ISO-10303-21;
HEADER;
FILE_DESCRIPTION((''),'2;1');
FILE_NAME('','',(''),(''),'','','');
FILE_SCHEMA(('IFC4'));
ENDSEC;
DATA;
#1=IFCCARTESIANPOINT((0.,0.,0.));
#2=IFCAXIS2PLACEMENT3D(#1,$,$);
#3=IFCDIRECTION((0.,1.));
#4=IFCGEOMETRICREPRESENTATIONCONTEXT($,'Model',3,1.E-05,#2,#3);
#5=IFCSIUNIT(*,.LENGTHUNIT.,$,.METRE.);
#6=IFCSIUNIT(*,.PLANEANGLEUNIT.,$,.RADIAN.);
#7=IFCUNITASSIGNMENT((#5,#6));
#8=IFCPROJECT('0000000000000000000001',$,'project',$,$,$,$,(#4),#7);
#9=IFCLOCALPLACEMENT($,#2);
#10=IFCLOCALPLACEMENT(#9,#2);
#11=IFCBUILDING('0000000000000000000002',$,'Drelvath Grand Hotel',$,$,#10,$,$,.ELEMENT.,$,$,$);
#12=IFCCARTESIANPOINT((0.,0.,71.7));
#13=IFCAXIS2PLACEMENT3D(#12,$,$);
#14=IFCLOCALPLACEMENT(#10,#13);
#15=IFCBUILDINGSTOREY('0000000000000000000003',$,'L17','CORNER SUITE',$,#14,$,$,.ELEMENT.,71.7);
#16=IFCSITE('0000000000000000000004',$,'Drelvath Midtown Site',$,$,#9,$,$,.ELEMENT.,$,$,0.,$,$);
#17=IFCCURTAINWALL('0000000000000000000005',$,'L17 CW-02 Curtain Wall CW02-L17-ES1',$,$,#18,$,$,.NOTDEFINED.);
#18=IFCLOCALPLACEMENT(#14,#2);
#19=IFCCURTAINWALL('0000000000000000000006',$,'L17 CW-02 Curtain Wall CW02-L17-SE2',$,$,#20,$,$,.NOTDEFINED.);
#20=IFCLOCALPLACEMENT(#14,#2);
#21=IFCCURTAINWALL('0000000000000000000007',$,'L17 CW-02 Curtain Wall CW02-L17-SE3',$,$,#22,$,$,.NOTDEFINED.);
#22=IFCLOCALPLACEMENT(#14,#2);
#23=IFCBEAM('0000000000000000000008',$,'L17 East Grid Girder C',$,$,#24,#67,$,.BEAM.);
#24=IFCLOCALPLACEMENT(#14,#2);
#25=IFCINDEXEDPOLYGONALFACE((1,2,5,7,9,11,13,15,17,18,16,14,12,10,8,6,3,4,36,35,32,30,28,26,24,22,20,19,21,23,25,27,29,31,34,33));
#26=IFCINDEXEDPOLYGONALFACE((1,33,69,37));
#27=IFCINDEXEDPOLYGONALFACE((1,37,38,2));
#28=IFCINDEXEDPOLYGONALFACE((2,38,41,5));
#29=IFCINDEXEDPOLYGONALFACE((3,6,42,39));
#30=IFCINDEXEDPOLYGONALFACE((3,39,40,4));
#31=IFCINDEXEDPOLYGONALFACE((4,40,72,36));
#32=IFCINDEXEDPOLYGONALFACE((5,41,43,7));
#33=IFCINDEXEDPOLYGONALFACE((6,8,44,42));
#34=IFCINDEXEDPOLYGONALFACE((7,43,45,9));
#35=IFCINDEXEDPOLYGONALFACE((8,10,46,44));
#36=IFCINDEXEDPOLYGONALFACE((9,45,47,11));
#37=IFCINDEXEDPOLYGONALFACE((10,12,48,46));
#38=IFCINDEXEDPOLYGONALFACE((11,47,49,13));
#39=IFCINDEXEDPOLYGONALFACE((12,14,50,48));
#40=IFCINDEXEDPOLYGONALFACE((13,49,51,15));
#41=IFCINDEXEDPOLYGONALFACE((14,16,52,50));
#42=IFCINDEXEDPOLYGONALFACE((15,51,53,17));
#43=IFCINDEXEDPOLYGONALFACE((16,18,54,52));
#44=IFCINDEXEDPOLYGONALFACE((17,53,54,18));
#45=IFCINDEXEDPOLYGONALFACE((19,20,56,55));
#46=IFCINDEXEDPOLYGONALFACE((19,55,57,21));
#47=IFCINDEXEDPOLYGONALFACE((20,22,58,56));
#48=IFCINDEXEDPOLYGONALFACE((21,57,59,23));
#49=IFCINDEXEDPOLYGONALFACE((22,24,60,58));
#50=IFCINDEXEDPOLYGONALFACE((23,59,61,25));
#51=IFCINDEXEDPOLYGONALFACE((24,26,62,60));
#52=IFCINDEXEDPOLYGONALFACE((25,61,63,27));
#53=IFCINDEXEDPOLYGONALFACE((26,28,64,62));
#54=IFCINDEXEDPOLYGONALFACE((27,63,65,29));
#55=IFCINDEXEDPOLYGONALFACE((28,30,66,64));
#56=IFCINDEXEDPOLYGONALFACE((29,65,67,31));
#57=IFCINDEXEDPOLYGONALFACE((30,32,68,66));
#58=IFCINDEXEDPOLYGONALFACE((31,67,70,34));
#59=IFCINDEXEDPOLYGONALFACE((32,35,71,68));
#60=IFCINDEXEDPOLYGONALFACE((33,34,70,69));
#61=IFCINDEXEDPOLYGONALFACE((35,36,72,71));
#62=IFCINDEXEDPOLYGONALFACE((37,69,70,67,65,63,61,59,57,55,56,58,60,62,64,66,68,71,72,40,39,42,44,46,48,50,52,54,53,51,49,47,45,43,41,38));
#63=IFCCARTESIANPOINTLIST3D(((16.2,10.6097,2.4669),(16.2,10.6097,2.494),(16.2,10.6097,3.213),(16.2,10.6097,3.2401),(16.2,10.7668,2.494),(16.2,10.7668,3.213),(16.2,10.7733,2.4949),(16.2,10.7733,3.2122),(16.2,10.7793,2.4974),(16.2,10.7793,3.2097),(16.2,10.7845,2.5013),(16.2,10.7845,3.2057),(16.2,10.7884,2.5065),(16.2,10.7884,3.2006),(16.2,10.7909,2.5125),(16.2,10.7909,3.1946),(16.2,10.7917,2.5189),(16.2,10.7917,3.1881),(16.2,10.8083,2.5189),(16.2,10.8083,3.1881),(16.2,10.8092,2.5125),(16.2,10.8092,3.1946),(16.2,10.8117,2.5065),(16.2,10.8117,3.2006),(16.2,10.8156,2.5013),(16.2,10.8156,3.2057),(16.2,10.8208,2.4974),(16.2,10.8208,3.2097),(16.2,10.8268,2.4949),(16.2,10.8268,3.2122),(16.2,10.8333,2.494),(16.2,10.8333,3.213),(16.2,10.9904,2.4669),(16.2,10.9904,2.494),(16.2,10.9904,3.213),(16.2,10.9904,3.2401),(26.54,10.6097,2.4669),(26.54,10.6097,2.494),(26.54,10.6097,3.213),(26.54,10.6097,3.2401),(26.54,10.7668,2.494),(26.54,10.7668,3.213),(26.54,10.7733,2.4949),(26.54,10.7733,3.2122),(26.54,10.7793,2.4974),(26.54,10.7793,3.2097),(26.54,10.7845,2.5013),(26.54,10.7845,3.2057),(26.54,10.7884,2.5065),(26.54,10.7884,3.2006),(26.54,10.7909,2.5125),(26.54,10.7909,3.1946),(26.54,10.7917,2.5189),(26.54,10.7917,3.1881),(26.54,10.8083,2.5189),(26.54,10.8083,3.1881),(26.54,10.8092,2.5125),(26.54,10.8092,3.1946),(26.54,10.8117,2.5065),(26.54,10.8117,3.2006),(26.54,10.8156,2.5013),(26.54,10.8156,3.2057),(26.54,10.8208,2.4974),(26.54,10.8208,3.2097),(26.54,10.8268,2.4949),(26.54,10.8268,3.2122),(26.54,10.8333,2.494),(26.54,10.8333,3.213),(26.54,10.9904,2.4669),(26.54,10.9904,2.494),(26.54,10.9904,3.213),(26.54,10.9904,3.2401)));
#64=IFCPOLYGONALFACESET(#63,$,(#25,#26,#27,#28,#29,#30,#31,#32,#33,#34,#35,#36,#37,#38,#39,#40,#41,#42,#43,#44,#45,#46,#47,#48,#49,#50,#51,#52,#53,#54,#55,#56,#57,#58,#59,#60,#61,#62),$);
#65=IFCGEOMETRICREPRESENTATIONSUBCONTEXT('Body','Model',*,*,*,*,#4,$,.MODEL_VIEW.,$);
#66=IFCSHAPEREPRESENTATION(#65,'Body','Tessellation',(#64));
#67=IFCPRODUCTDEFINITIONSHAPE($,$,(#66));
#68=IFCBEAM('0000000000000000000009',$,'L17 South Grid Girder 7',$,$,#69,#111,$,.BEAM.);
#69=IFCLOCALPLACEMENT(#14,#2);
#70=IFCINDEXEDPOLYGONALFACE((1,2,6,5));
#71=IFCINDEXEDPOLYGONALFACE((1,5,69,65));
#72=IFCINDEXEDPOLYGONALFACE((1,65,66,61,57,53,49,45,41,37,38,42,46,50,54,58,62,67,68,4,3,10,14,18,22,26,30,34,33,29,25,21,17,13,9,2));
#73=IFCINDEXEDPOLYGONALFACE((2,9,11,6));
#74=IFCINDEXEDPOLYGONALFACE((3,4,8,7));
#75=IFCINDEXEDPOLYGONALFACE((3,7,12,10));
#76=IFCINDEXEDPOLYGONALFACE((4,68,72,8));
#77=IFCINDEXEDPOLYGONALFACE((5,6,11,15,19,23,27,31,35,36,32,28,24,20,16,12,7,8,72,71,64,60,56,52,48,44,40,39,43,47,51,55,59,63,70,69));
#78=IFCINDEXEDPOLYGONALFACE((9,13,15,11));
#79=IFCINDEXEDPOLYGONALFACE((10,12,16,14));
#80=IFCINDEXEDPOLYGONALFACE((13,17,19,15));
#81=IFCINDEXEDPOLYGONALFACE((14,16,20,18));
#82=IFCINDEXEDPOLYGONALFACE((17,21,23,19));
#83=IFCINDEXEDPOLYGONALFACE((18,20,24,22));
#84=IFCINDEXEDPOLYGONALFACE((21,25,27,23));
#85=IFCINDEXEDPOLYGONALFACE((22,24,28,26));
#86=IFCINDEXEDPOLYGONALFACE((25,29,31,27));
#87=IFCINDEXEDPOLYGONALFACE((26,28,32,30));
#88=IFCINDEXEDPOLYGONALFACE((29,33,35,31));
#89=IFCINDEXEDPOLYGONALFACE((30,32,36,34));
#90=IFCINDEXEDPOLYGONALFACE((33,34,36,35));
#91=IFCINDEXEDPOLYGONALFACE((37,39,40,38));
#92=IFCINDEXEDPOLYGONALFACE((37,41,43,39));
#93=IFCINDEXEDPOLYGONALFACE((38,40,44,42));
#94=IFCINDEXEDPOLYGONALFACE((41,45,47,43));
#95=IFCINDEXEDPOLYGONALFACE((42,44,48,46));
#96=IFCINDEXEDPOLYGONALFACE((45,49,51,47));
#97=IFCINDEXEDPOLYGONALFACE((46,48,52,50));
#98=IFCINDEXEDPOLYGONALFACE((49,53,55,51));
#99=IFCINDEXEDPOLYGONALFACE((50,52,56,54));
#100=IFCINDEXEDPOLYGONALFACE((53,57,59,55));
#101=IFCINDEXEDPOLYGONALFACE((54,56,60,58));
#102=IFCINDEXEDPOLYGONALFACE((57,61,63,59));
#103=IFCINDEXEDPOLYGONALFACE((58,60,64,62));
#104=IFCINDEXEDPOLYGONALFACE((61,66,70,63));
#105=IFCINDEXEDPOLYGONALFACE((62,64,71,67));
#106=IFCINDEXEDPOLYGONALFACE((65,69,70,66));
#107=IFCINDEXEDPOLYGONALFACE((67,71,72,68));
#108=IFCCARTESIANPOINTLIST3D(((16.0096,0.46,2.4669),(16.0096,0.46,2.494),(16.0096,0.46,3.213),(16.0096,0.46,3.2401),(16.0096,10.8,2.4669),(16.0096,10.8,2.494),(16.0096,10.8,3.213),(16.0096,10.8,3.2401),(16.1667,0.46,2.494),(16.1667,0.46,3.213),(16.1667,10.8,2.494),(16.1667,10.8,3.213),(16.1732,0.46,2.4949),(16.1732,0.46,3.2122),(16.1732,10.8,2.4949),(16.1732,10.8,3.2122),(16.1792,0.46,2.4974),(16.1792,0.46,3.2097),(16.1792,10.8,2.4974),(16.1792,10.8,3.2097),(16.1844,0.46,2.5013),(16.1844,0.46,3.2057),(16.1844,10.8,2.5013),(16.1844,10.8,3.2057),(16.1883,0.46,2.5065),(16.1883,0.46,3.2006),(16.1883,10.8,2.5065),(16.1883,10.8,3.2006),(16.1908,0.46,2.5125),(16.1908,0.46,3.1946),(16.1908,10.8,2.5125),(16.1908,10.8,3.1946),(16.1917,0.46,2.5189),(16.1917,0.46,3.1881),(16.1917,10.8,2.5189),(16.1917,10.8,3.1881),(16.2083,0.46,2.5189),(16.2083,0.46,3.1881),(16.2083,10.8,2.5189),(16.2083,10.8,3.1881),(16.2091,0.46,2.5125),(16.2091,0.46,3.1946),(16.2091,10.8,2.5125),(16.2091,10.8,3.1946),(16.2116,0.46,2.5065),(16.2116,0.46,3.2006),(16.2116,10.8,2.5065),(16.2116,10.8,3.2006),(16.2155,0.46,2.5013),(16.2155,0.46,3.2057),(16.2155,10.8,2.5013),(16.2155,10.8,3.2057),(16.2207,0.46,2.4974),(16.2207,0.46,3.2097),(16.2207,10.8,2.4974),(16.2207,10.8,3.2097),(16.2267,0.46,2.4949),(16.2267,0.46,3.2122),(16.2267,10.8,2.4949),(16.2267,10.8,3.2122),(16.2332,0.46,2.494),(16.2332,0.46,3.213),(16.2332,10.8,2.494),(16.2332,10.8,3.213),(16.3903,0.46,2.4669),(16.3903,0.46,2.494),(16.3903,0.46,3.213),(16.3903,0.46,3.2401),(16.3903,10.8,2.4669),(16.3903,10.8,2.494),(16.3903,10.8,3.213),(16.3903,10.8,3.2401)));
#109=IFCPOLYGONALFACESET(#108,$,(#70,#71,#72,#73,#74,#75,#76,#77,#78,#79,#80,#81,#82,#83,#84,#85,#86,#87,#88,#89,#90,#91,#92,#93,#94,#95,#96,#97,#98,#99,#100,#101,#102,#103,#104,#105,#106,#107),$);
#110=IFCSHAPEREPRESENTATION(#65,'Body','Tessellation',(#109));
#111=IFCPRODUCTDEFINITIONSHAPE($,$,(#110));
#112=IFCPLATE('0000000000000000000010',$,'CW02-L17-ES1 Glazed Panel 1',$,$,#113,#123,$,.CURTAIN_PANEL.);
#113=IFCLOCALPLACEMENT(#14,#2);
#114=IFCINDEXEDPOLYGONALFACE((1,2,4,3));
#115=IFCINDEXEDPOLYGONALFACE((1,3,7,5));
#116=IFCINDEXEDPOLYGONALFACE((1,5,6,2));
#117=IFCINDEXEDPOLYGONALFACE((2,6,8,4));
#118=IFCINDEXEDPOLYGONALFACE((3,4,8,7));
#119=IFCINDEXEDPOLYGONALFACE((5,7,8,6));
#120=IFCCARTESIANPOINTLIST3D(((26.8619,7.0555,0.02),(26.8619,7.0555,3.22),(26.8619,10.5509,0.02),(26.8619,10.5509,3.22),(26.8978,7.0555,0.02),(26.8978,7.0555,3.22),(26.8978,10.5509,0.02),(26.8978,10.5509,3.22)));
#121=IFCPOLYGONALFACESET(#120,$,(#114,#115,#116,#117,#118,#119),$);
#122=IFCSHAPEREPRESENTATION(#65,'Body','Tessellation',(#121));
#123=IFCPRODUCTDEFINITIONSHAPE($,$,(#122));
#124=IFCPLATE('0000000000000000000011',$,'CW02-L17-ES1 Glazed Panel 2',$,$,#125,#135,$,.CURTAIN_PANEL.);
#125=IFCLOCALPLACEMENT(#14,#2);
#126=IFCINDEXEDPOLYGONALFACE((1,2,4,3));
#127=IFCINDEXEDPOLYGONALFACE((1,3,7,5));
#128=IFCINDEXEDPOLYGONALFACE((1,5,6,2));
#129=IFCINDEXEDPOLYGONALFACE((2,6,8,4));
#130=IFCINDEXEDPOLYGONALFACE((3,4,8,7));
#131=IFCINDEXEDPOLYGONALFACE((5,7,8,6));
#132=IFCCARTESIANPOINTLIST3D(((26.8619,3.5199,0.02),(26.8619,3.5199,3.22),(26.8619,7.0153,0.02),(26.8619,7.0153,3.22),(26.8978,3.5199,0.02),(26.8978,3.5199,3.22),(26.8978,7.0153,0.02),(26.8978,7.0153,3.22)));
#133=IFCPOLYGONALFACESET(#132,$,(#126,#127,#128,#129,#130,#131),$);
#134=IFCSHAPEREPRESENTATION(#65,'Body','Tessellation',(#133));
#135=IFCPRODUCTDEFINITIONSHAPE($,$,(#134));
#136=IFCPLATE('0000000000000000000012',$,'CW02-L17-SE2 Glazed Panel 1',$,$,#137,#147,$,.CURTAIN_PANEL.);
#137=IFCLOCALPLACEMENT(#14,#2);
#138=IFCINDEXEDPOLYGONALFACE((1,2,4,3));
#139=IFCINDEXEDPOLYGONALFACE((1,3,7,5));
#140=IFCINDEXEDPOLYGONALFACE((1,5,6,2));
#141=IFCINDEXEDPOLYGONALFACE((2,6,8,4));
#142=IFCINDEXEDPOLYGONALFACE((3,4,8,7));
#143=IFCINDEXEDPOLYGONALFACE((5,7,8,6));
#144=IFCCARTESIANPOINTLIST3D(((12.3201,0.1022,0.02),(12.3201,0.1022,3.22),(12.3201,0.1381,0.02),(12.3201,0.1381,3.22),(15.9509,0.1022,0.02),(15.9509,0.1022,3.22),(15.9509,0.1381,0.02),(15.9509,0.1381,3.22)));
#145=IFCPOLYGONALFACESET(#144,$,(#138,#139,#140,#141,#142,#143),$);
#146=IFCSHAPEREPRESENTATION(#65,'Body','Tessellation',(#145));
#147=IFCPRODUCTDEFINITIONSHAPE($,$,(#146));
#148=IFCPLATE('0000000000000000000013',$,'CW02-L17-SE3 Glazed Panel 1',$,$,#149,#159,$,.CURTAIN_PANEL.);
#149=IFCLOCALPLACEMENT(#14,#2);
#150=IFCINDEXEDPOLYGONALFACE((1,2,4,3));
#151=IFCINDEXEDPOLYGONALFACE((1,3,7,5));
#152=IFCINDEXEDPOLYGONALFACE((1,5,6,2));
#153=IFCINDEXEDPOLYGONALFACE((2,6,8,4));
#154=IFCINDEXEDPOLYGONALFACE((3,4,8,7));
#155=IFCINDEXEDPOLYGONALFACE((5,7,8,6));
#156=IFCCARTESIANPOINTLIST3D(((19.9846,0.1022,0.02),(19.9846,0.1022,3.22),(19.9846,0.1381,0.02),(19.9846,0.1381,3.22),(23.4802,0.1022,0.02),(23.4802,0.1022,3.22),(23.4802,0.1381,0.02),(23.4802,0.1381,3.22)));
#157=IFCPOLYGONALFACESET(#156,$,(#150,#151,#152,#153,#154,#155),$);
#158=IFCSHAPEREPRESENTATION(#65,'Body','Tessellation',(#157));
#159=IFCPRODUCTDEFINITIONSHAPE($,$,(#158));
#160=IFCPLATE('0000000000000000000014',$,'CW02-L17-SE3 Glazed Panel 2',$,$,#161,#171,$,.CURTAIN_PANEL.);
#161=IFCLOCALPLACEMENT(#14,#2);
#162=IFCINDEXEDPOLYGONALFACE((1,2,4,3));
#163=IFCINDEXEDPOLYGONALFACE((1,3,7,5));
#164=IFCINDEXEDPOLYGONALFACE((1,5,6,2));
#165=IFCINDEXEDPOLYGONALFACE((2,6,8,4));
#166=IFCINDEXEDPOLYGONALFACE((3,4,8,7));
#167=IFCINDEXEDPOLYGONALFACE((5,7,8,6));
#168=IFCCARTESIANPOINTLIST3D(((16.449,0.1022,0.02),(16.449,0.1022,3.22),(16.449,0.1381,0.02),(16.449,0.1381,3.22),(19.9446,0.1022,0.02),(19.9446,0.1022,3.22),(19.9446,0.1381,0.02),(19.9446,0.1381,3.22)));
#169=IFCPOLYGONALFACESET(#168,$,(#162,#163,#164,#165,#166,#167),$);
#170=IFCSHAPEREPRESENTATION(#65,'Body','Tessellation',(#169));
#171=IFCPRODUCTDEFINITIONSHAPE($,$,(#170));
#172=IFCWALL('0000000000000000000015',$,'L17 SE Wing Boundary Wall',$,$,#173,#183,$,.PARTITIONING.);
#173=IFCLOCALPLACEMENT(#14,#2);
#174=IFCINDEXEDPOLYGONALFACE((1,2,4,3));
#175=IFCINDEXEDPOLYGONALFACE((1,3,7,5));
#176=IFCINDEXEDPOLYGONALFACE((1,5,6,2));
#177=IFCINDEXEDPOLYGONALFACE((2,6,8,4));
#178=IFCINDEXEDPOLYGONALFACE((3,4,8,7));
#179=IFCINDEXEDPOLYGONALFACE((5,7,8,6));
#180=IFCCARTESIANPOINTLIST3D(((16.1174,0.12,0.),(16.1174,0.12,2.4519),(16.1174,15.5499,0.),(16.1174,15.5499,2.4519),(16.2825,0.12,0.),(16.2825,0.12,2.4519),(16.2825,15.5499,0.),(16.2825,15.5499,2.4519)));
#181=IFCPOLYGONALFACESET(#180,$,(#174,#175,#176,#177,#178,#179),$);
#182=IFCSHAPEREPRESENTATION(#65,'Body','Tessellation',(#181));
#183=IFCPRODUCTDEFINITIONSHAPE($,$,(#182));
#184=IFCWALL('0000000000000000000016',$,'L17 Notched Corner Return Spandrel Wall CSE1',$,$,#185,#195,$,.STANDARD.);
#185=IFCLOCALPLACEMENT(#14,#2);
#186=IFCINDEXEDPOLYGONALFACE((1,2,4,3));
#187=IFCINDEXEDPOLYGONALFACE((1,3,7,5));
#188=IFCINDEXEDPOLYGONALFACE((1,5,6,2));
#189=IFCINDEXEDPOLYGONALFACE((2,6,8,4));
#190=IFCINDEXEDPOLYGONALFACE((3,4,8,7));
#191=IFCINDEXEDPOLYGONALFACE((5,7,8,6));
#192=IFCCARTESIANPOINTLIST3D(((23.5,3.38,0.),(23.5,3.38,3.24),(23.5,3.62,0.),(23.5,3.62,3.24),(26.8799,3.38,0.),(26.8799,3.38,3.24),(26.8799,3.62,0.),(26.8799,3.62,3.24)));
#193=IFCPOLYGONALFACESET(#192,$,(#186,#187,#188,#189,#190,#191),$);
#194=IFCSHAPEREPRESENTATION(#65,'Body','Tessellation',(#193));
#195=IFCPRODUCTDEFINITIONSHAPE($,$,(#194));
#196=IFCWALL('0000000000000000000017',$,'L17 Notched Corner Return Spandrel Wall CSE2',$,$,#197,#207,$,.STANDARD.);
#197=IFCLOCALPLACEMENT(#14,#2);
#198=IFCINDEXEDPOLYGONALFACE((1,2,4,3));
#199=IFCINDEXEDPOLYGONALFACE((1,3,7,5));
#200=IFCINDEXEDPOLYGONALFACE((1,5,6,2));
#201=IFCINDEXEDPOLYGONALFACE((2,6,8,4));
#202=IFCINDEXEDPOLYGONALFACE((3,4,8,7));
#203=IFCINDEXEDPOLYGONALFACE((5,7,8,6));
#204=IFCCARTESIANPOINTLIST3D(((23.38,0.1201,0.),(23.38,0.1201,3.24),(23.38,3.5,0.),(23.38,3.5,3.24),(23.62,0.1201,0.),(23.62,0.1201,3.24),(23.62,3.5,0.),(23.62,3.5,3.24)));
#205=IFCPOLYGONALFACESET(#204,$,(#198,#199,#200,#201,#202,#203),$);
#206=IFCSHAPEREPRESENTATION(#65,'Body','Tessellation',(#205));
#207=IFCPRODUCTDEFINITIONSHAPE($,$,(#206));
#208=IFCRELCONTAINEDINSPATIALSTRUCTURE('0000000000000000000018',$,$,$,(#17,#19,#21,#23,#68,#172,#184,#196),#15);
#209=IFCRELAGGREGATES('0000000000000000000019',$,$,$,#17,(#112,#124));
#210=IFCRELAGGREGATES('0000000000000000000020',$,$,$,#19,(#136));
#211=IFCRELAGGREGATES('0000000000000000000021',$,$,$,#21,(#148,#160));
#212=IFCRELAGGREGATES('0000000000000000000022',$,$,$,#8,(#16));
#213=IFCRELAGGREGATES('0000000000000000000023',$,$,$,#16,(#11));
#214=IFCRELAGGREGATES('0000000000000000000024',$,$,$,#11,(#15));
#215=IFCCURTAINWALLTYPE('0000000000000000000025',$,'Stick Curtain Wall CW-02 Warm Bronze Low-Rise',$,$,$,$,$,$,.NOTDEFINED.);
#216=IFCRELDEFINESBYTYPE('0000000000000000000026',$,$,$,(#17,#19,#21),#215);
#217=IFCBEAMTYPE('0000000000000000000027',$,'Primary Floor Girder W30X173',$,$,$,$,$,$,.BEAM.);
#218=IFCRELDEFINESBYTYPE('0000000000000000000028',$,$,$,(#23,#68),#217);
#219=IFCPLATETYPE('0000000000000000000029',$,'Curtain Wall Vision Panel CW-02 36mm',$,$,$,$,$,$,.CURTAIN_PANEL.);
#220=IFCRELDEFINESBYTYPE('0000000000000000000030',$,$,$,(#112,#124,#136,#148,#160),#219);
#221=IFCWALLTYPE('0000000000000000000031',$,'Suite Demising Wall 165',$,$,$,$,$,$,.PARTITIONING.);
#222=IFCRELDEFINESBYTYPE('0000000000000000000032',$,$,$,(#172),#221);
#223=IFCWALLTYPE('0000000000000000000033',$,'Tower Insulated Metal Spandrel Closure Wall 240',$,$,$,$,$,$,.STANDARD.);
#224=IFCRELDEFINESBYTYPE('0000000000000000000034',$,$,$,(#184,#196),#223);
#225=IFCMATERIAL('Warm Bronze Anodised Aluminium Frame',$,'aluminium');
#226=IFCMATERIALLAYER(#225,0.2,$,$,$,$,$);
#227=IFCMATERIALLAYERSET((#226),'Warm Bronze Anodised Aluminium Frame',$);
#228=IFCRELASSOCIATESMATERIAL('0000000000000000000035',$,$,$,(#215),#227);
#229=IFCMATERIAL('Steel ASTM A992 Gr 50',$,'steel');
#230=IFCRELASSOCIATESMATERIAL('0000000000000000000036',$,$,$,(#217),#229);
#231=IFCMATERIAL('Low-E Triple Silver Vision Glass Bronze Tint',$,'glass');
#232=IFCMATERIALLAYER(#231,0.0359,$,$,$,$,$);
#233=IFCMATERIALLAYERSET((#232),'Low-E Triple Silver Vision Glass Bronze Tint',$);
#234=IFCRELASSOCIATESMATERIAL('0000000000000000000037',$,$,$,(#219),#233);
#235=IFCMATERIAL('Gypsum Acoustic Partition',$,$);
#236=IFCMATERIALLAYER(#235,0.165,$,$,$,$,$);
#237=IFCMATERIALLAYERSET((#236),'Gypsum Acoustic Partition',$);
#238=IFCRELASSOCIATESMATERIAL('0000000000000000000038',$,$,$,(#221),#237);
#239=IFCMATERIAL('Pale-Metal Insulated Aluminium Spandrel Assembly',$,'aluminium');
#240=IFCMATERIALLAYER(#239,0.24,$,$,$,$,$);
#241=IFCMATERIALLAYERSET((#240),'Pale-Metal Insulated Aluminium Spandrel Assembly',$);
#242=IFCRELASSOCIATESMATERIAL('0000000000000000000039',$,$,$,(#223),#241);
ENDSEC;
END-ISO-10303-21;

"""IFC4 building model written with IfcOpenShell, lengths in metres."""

from ifc_helpers import new_model, si_unit, direction, frame, frame_2d, origin, origin_2d, place, context, subcontext, project, spatial, rectangle, i_section, extrude, material, layer, layer_set, material_profile, profile_set, type_object, element, aggregate, save


model = new_model("IFC4")

# Units and contexts
model_context = context("Model", 3, precision=1e-05, world=origin(), true_north=direction((0.0, 1.0)))
body_context = subcontext(model_context, "Body", "Model", "MODEL_VIEW")
ifc_project = project(units=[si_unit("LENGTHUNIT", "METRE"), si_unit("PLANEANGLEUNIT", "RADIAN")], contexts=[model_context])

# Site, building, storey
site_placement = place(None, origin())
site = spatial("IfcSite", under=ifc_project, at=site_placement, Name="Drelvath Midtown Site", CompositionType="ELEMENT", RefElevation=0.0)
building_placement = place(site_placement, origin())
building = spatial("IfcBuilding", under=site, at=building_placement, Name="Drelvath Grand Hotel", CompositionType="ELEMENT")
storey_placement = place(building_placement, frame((0.0, 0.0, 71.7)))
storey = spatial("IfcBuildingStorey", under=building, at=storey_placement, Name="L17", Description="CORNER SUITE", CompositionType="ELEMENT", Elevation=71.7)

# Shared definitions
ifc_material_1 = material(Name="Steel ASTM A992 Gr 50", Category="steel")

# Curtain walls
ifc_material_2 = material(Name="Warm Bronze Anodised Aluminium Frame", Category="aluminium")
ifc_layer_1 = layer(ifc_material_2, 0.2)
ifc_layer_set_1 = layer_set([ifc_layer_1], Name="Warm Bronze Anodised Aluminium Frame")
curtain_wall_type = type_object("IfcCurtainWallType", Name="Stick Curtain Wall CW-02 Warm Bronze Low-Rise", PredefinedType="NOTDEFINED", material=ifc_layer_set_1)
curtain_wall_1_placement = place(storey_placement, origin())
curtain_wall_1 = element("IfcCurtainWall", 1, at=curtain_wall_1_placement, inside=storey, type_object=curtain_wall_type, Name="L17 CW-02 Curtain Wall CW02-L17-ES1", PredefinedType="NOTDEFINED")
curtain_wall_2_placement = place(storey_placement, origin())
curtain_wall_2 = element("IfcCurtainWall", 2, at=curtain_wall_2_placement, inside=storey, type_object=curtain_wall_type, Name="L17 CW-02 Curtain Wall CW02-L17-SE2", PredefinedType="NOTDEFINED")
curtain_wall_3_placement = place(storey_placement, origin())
curtain_wall_3 = element("IfcCurtainWall", 3, at=curtain_wall_3_placement, inside=storey, type_object=curtain_wall_type, Name="L17 CW-02 Curtain Wall CW02-L17-SE3", PredefinedType="NOTDEFINED")

# Beams
ifc_material_profile_1 = material_profile(ifc_material_1, i_section(OverallWidth=0.3806, OverallDepth=0.7732, WebThickness=0.0166, FlangeThickness=0.0271, FilletRadius=0.0249, at=origin_2d()), Name="W30X173")
ifc_profile_set_1 = profile_set([ifc_material_profile_1], Name="Steel ASTM A992 Gr 50")
beam_type_1 = type_object("IfcBeamType", Name="Primary Floor Girder W30X173", PredefinedType="BEAM", material=ifc_profile_set_1)
for number, where, z_axis, x_axis, name in (
    (4, (16.2, 10.8, 2.8535), (1.0, 0.0, 0.0), (0.0, 1.0, 0.0), "L17 East Grid Girder C"),
    (5, (16.2, 0.46, 2.8535), (0.0, 1.0, 0.0), (-1.0, 0.0, 0.0), "L17 South Grid Girder 7"),
):
    element("IfcBeam", number, at=place(storey_placement, frame(where, z_axis=z_axis, x_axis=x_axis)), inside=storey, type_object=beam_type_1, Name=name, PredefinedType="BEAM", context=body_context, shape_type="SweptSolid", body=[
        extrude(i_section(OverallWidth=0.3806, OverallDepth=0.7732, WebThickness=0.0166, FlangeThickness=0.0271, FilletRadius=0.0249, at=origin_2d()), origin(), (0.0, 0.0, 1.0), 10.3401),
    ])

# Plates
ifc_material_3 = material(Name="Low-E Triple Silver Vision Glass Bronze Tint", Category="glass")
ifc_layer_2 = layer(ifc_material_3, 0.0359)
ifc_layer_set_2 = layer_set([ifc_layer_2], Name="Low-E Triple Silver Vision Glass Bronze Tint")
plate_type = type_object("IfcPlateType", Name="Curtain Wall Vision Panel CW-02 36mm", PredefinedType="CURTAIN_PANEL", material=ifc_layer_set_2)
plate_1_placement = place(storey_placement, frame((26.8799, 8.8032, 0.02), z_axis=(0.0, 0.0, 1.0), x_axis=(0.0, -1.0, 0.0)))
plate_1 = element("IfcPlate", 6, at=plate_1_placement, type_object=plate_type, Name="CW02-L17-ES1 Glazed Panel 1", PredefinedType="CURTAIN_PANEL", context=body_context, shape_type="SweptSolid", body=[
    extrude(rectangle(XDim=3.4954, YDim=0.0359, at=origin_2d()), origin(), (0.0, 0.0, 1.0), 3.2),
])
plate_2_placement = place(storey_placement, frame((26.8799, 5.2676, 0.02), z_axis=(0.0, 0.0, 1.0), x_axis=(0.0, -1.0, 0.0)))
plate_2 = element("IfcPlate", 7, at=plate_2_placement, type_object=plate_type, Name="CW02-L17-ES1 Glazed Panel 2", PredefinedType="CURTAIN_PANEL", context=body_context, shape_type="SweptSolid", body=[
    extrude(rectangle(XDim=3.4954, YDim=0.0359, at=origin_2d()), origin(), (0.0, 0.0, 1.0), 3.2),
])
aggregate(curtain_wall_1, [plate_1, plate_2])
plate_3_placement = place(storey_placement, frame((14.1355, 0.1201, 0.02), z_axis=(0.0, 0.0, 1.0), x_axis=(-1.0, 0.0, 0.0)))
plate_3 = element("IfcPlate", 8, at=plate_3_placement, type_object=plate_type, Name="CW02-L17-SE2 Glazed Panel 1", PredefinedType="CURTAIN_PANEL", context=body_context, shape_type="SweptSolid", body=[
    extrude(rectangle(XDim=3.6309, YDim=0.0359, at=origin_2d()), origin(), (0.0, 0.0, 1.0), 3.2),
])
aggregate(curtain_wall_2, [plate_3])
plate_4_placement = place(storey_placement, frame((21.7324, 0.1201, 0.02), z_axis=(0.0, 0.0, 1.0), x_axis=(-1.0, 0.0, 0.0)))
plate_4 = element("IfcPlate", 9, at=plate_4_placement, type_object=plate_type, Name="CW02-L17-SE3 Glazed Panel 1", PredefinedType="CURTAIN_PANEL", context=body_context, shape_type="SweptSolid", body=[
    extrude(rectangle(XDim=3.4956, YDim=0.0359, at=origin_2d()), origin(), (0.0, 0.0, 1.0), 3.2),
])
plate_5_placement = place(storey_placement, frame((18.1968, 0.1201, 0.02), z_axis=(0.0, 0.0, 1.0), x_axis=(-1.0, 0.0, 0.0)))
plate_5 = element("IfcPlate", 10, at=plate_5_placement, type_object=plate_type, Name="CW02-L17-SE3 Glazed Panel 2", PredefinedType="CURTAIN_PANEL", context=body_context, shape_type="SweptSolid", body=[
    extrude(rectangle(XDim=3.4956, YDim=0.0359, at=origin_2d()), origin(), (0.0, 0.0, 1.0), 3.2),
])
aggregate(curtain_wall_3, [plate_4, plate_5])

# Walls
ifc_material_4 = material(Name="Gypsum Acoustic Partition")
ifc_layer_3 = layer(ifc_material_4, 0.165)
ifc_layer_set_3 = layer_set([ifc_layer_3], Name="Gypsum Acoustic Partition")
wall_type_1 = type_object("IfcWallType", Name="Suite Demising Wall 165", PredefinedType="PARTITIONING", material=ifc_layer_set_3)
wall_placement = place(storey_placement, frame((16.2, 0.1201, 0.0), z_axis=(0.0, 0.0, 1.0), x_axis=(0.0, 1.0, 0.0)))
element("IfcWall", 11, at=wall_placement, inside=storey, type_object=wall_type_1, Name="L17 SE Wing Boundary Wall", PredefinedType="PARTITIONING", context=body_context, shape_type="SweptSolid", body=[
    extrude(rectangle(XDim=15.4299, YDim=0.165, at=frame_2d((7.7148, 0.0))), origin(), (0.0, 0.0, 1.0), 2.4519),
])
ifc_material_5 = material(Name="Pale-Metal Insulated Aluminium Spandrel Assembly", Category="aluminium")
ifc_layer_4 = layer(ifc_material_5, 0.24)
ifc_layer_set_4 = layer_set([ifc_layer_4], Name="Pale-Metal Insulated Aluminium Spandrel Assembly")
wall_type_2 = type_object("IfcWallType", Name="Tower Insulated Metal Spandrel Closure Wall 240", PredefinedType="STANDARD", material=ifc_layer_set_4)
for number, where, z_axis, x_axis, name in (
    (12, (26.8799, 3.5, 0.0), (0.0, 0.0, 1.0), (-1.0, 0.0, 0.0), "L17 Notched Corner Return Spandrel Wall CSE1"),
    (13, (23.5, 3.5, 0.0), (0.0, 0.0, 1.0), (0.0, -1.0, 0.0), "L17 Notched Corner Return Spandrel Wall CSE2"),
):
    element("IfcWall", number, at=place(storey_placement, frame(where, z_axis=z_axis, x_axis=x_axis)), inside=storey, type_object=wall_type_2, Name=name, PredefinedType="STANDARD", context=body_context, shape_type="SweptSolid", body=[
        extrude(rectangle(XDim=3.3799, YDim=0.24, at=frame_2d((1.6899, 0.0))), origin(), (0.0, 0.0, 1.0), 3.24),
    ])

save(model, "model.ifc")
